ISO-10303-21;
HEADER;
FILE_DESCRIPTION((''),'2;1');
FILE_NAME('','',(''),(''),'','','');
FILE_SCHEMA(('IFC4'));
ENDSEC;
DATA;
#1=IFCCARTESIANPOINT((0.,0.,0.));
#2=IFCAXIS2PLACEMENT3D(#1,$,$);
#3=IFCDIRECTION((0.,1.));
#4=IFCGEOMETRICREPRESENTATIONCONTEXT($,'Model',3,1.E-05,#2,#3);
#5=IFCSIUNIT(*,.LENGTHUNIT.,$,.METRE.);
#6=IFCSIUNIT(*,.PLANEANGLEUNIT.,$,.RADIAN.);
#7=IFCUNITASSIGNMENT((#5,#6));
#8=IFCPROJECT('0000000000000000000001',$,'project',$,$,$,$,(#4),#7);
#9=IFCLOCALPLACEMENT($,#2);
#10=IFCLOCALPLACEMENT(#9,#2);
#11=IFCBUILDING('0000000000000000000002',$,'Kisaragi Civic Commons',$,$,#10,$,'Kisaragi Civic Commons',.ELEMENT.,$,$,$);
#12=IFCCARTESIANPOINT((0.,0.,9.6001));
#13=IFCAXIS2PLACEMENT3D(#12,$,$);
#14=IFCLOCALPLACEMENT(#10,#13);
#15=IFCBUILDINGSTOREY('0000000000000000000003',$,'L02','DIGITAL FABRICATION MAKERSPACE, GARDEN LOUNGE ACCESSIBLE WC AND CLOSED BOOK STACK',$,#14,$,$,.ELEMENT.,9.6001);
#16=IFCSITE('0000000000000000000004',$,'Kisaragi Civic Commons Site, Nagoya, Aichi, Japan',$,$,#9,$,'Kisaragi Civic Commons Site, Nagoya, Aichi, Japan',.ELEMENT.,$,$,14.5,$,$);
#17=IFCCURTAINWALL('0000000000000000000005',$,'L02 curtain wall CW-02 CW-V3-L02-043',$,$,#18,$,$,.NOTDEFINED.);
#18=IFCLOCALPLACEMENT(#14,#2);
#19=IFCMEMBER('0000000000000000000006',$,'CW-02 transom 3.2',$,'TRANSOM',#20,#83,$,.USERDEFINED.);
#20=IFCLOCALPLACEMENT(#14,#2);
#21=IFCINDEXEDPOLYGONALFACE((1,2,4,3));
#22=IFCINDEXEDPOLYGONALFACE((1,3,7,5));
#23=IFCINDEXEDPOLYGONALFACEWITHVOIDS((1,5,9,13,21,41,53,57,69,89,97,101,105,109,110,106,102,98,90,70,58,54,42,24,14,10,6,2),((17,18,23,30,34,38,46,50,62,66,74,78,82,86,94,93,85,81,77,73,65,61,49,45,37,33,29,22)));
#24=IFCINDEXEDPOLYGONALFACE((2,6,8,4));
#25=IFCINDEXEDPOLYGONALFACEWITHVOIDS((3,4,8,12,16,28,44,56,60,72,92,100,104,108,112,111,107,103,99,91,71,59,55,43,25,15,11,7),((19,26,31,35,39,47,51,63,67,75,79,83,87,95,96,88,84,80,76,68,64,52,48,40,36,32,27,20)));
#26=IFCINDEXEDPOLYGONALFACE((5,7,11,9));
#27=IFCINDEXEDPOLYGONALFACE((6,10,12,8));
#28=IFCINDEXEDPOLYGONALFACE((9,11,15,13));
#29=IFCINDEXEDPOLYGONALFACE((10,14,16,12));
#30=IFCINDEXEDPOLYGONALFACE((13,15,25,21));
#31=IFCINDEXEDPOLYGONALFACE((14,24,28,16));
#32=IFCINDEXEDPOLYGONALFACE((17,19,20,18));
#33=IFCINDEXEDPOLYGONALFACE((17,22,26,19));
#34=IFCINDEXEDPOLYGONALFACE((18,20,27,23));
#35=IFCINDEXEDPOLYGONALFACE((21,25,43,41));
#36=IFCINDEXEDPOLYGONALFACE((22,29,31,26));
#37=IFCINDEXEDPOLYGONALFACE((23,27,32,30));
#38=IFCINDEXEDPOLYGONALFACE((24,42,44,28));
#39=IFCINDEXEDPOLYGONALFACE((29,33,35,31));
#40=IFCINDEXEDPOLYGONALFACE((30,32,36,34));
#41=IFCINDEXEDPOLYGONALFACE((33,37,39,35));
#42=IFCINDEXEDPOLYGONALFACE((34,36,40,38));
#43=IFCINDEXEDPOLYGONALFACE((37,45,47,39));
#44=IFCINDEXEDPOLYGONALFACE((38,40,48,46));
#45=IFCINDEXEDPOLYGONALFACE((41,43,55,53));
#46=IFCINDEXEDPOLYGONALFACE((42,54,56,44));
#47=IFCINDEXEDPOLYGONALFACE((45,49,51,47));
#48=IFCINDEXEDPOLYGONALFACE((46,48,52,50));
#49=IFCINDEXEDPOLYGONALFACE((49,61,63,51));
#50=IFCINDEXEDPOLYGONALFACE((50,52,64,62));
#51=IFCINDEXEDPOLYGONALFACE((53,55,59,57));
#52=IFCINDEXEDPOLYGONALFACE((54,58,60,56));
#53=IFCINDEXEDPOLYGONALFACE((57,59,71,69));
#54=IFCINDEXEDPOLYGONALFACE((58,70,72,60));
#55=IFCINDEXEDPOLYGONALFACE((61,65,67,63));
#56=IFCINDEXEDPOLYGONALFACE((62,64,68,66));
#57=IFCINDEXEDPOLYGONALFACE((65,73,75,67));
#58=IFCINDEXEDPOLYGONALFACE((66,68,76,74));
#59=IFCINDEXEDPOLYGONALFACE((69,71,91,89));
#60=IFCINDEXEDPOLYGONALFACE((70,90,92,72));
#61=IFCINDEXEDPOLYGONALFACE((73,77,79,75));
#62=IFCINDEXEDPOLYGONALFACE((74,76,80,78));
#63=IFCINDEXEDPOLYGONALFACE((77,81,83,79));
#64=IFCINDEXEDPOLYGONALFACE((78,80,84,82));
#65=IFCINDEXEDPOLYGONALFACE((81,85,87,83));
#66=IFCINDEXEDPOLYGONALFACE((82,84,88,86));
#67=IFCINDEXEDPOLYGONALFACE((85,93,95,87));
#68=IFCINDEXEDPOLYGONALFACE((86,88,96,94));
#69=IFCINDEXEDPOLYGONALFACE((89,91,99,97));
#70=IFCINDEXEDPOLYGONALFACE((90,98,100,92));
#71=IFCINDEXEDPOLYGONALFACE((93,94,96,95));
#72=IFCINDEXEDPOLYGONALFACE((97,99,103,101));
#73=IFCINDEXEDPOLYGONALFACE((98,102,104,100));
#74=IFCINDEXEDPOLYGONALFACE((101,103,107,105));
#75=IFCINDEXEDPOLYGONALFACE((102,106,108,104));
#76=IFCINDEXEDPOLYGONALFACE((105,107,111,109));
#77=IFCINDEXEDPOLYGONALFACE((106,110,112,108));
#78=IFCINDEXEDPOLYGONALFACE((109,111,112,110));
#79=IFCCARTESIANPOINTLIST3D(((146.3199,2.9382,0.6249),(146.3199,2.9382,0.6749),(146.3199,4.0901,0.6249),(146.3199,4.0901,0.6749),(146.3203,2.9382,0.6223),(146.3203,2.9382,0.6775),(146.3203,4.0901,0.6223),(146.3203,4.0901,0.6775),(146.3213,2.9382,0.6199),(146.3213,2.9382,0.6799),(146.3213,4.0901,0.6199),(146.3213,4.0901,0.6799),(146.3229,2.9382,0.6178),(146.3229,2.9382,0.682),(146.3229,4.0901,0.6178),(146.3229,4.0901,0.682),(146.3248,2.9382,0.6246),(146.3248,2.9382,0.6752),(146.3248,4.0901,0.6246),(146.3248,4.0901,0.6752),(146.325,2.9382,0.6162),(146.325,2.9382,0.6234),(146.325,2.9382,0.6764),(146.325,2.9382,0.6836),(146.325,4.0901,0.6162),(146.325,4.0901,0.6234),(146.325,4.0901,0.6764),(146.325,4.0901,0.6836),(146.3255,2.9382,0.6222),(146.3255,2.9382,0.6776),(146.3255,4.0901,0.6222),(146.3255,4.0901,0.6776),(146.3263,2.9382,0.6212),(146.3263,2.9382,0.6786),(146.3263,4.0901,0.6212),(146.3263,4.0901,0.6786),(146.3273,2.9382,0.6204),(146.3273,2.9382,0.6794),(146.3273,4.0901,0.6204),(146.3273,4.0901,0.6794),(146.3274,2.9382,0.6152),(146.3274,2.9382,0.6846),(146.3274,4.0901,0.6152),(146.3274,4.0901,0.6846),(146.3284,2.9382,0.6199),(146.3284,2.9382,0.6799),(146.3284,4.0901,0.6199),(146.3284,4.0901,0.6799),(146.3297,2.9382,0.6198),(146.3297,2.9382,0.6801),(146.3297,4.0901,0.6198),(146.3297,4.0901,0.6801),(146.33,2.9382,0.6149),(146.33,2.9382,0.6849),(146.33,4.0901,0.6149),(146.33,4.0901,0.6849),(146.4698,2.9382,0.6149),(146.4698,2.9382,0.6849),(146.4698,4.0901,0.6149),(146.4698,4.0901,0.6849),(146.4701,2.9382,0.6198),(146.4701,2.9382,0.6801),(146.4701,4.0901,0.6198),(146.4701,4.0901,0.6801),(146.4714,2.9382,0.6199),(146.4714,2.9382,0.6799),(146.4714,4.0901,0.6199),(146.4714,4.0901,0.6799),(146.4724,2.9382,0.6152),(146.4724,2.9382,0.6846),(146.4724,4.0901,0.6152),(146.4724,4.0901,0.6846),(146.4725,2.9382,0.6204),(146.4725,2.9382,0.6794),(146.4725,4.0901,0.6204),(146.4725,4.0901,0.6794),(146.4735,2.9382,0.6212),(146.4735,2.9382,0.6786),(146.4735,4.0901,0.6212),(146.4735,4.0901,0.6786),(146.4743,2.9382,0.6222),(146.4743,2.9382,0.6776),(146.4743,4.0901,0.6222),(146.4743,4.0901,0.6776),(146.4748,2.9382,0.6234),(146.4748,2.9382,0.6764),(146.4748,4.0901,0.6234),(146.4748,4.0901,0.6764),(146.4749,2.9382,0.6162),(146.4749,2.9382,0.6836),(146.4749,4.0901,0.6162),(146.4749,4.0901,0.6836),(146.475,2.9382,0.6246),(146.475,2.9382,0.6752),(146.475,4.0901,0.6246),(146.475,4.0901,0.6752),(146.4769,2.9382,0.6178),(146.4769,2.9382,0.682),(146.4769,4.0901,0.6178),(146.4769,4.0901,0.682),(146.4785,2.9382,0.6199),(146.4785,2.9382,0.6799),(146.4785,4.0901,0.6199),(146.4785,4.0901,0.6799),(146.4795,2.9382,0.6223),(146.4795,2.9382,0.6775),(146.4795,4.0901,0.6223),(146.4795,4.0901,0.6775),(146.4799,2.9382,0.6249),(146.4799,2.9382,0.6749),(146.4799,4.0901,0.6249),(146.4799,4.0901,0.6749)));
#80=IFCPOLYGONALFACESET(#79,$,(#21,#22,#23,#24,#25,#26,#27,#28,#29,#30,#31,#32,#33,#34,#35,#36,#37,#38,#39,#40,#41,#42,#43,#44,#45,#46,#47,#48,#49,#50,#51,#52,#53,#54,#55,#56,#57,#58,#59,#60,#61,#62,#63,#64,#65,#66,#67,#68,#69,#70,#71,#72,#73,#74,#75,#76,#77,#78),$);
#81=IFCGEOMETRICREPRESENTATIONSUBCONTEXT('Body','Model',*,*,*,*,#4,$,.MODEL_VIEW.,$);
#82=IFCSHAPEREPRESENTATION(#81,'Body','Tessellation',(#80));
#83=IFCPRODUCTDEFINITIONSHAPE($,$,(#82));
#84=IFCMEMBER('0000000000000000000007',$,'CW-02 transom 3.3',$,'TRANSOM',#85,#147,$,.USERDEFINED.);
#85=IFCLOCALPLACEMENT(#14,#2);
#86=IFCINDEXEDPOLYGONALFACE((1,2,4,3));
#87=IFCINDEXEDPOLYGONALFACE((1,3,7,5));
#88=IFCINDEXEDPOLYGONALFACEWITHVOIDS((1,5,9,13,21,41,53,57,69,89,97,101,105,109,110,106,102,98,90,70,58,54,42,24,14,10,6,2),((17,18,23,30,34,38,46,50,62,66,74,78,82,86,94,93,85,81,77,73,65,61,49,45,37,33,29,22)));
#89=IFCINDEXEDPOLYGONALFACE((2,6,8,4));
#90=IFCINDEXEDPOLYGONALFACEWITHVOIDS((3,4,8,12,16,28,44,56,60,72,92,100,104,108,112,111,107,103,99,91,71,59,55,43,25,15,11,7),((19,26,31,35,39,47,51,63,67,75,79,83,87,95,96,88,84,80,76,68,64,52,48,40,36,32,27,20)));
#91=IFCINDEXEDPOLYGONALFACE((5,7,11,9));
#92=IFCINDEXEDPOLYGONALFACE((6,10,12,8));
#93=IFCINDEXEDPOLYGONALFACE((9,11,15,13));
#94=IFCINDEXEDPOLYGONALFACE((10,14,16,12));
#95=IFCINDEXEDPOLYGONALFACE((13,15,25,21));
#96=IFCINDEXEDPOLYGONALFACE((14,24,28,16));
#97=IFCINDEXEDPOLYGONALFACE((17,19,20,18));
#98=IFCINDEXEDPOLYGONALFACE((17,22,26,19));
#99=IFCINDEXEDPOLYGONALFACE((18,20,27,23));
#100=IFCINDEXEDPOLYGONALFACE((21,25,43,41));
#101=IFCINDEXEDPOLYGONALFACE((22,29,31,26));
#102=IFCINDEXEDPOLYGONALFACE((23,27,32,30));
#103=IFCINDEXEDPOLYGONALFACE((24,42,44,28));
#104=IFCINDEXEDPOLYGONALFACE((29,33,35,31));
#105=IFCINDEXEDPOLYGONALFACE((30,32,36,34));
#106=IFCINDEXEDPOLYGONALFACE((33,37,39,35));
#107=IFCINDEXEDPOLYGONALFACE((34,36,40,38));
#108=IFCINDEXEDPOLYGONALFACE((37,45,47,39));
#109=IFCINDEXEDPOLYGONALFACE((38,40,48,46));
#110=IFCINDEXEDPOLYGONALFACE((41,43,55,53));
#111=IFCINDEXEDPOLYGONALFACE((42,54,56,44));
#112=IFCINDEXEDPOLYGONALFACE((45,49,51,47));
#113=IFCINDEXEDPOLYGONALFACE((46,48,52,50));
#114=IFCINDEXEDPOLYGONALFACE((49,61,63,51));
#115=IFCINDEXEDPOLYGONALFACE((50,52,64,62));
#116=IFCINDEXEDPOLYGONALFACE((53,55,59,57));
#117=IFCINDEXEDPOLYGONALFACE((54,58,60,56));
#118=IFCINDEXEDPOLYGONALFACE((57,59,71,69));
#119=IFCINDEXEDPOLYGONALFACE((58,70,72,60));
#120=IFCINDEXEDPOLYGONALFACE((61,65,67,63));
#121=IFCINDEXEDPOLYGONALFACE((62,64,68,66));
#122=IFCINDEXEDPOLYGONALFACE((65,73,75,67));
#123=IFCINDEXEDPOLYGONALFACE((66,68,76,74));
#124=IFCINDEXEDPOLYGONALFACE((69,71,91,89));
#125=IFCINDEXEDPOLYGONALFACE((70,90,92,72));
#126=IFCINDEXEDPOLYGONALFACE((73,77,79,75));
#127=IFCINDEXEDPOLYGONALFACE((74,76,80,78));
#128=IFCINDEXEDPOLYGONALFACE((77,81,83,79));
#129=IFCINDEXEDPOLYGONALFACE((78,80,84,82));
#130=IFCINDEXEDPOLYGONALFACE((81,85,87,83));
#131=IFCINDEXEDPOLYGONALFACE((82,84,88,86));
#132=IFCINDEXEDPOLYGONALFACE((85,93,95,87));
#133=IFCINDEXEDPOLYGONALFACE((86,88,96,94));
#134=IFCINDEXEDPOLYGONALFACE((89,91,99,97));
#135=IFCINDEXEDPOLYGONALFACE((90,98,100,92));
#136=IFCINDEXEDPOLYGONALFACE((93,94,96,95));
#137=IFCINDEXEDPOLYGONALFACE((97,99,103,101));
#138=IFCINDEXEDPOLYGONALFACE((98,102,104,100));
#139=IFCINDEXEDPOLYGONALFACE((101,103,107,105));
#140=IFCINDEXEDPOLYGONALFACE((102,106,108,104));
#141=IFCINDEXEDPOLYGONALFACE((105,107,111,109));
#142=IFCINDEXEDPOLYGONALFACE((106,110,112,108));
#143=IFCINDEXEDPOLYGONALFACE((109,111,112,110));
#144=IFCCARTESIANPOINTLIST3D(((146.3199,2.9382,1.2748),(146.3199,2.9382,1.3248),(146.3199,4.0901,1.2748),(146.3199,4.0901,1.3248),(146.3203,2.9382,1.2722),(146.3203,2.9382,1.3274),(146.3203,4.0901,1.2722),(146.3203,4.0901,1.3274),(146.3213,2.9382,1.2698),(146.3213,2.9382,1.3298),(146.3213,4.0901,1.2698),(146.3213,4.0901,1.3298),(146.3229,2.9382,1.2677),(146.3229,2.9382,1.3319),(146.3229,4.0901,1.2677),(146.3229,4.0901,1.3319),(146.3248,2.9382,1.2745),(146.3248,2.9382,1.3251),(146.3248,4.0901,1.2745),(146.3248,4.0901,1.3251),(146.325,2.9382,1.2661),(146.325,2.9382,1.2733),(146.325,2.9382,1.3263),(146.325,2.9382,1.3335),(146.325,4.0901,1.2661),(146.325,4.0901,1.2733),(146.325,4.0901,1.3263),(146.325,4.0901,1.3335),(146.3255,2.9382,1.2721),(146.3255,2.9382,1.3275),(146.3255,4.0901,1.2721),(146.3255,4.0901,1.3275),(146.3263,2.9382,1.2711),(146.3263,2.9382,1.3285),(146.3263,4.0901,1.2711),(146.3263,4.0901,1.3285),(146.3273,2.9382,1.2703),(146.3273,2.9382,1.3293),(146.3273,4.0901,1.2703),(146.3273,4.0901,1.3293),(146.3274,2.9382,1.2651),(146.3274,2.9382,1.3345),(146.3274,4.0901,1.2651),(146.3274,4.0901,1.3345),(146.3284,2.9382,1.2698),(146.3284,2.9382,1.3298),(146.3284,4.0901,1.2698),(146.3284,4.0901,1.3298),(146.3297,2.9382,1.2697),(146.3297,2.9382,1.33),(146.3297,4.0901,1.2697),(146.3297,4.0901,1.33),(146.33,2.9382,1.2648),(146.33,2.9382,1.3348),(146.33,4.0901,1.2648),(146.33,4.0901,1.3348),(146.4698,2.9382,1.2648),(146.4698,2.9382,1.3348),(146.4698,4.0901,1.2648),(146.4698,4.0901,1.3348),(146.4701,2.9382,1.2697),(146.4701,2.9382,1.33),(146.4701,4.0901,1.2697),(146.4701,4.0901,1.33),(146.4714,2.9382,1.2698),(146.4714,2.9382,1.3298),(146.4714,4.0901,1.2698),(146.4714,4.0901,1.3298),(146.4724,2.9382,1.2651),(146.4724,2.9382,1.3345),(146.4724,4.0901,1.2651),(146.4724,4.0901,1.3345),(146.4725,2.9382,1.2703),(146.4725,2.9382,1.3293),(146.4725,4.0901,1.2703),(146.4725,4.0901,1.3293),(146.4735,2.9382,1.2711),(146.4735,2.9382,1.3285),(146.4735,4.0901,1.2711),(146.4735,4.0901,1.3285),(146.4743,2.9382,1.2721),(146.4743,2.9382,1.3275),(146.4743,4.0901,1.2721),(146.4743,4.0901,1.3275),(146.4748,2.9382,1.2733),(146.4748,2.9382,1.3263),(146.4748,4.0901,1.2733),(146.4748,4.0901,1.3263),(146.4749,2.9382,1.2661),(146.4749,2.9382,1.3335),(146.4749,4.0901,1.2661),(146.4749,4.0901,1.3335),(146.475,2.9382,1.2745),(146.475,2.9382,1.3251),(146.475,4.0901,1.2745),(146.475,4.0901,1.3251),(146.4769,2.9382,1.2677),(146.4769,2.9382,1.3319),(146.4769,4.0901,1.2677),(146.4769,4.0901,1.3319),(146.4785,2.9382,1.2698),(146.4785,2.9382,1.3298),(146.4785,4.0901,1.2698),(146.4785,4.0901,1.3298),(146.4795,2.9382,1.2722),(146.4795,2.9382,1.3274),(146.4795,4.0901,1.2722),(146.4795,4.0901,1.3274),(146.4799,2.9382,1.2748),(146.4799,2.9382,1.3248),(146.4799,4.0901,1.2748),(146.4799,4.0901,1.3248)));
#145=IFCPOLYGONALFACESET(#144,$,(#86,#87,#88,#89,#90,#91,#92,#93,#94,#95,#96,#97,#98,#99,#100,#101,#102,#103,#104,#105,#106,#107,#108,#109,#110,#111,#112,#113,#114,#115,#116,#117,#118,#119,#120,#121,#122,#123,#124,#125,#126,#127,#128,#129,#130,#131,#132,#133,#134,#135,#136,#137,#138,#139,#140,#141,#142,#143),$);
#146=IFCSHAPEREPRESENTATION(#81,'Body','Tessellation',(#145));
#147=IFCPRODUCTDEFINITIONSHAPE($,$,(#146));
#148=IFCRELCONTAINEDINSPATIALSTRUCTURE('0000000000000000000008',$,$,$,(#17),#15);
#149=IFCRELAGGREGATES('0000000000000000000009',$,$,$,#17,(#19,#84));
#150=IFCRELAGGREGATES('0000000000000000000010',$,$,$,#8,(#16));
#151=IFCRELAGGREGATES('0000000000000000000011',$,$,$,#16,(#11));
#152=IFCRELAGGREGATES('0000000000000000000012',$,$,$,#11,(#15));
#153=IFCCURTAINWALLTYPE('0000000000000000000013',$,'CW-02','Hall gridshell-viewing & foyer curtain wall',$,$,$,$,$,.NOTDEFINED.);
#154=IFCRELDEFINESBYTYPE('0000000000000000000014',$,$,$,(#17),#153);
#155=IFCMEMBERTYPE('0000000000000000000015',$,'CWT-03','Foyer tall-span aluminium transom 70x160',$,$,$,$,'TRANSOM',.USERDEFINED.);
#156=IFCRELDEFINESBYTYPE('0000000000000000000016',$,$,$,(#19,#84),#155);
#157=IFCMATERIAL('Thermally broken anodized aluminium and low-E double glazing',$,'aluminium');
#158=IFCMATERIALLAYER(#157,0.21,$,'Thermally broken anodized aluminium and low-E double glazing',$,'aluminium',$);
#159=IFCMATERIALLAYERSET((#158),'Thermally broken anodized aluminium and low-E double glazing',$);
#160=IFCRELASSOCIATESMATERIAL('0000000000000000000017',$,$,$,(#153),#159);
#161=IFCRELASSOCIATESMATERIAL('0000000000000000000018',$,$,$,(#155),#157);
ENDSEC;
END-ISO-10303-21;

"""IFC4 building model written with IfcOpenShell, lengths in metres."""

from ifc_helpers import new_model, si_unit, direction, frame, origin, origin_2d, place, context, subcontext, project, spatial, hollow_rectangle, extrude, material, layer, layer_set, material_profile, profile_set, type_object, element, aggregate, save


model = new_model("IFC4")

# Units and contexts
model_context = context("Model", 3, precision=1e-05, world=origin(), true_north=direction((0.0, 1.0)))
body_context = subcontext(model_context, "Body", "Model", "MODEL_VIEW")
ifc_project = project(units=[si_unit("LENGTHUNIT", "METRE"), si_unit("PLANEANGLEUNIT", "RADIAN")], contexts=[model_context])

# Site, building, storey
site_placement = place(None, origin())
site = spatial("IfcSite", under=ifc_project, at=site_placement, Name="Kisaragi Civic Commons Site, Nagoya, Aichi, Japan", LongName="Kisaragi Civic Commons Site, Nagoya, Aichi, Japan", CompositionType="ELEMENT", RefElevation=14.5)
building_placement = place(site_placement, origin())
building = spatial("IfcBuilding", under=site, at=building_placement, Name="Kisaragi Civic Commons", LongName="Kisaragi Civic Commons", CompositionType="ELEMENT")
storey_placement = place(building_placement, frame((0.0, 0.0, 9.6001)))
storey = spatial("IfcBuildingStorey", under=building, at=storey_placement, Name="L02", Description="DIGITAL FABRICATION MAKERSPACE, GARDEN LOUNGE ACCESSIBLE WC AND CLOSED BOOK STACK", CompositionType="ELEMENT", Elevation=9.6001)

# Curtain wall
ifc_material_1 = material(Name="Thermally broken anodized aluminium and low-E double glazing", Category="aluminium")
ifc_layer_1 = layer(ifc_material_1, 0.21, Name="Thermally broken anodized aluminium and low-E double glazing", Category="aluminium")
ifc_layer_set_1 = layer_set([ifc_layer_1], Name="Thermally broken anodized aluminium and low-E double glazing")
curtain_wall_type = type_object("IfcCurtainWallType", Name="CW-02", Description="Hall gridshell-viewing & foyer curtain wall", PredefinedType="NOTDEFINED", material=ifc_layer_set_1)
curtain_wall_1_placement = place(storey_placement, origin())
curtain_wall_1 = element("IfcCurtainWall", 1, at=curtain_wall_1_placement, inside=storey, type_object=curtain_wall_type, Name="L02 curtain wall CW-02 CW-V3-L02-043", PredefinedType="NOTDEFINED")

# Members
ifc_material_profile_1 = material_profile(ifc_material_1, hollow_rectangle(XDim=0.1599, YDim=0.0701, WallThickness=0.0049, InnerFilletRadius=0.0049, OuterFilletRadius=0.01, at=origin_2d()), Name="CWT-70x160x5", Category="aluminium")
ifc_profile_set_1 = profile_set([ifc_material_profile_1], Name="Thermally broken anodized aluminium and low-E double glazing")
member_type_1 = type_object("IfcMemberType", Name="CWT-03", Description="Foyer tall-span aluminium transom 70x160", ElementType="TRANSOM", PredefinedType="USERDEFINED", material=ifc_profile_set_1)
member_1_placement = place(storey_placement, frame((146.3999, 2.9382, 0.6499), z_axis=(0.0, 1.0, 0.0), x_axis=(-1.0, 0.0, 0.0)))
member_1 = element("IfcMember", 2, at=member_1_placement, type_object=member_type_1, Name="CW-02 transom 3.2", ObjectType="TRANSOM", PredefinedType="USERDEFINED", context=body_context, shape_type="SweptSolid", body=[
    extrude(hollow_rectangle(XDim=0.1599, YDim=0.0701, WallThickness=0.0049, InnerFilletRadius=0.0049, OuterFilletRadius=0.01, at=origin_2d()), origin(), (0.0, 0.0, 1.0), 1.1519),
])
member_2_placement = place(storey_placement, frame((146.3999, 2.9382, 1.2998), z_axis=(0.0, 1.0, 0.0), x_axis=(-1.0, 0.0, 0.0)))
member_2 = element("IfcMember", 3, at=member_2_placement, type_object=member_type_1, Name="CW-02 transom 3.3", ObjectType="TRANSOM", PredefinedType="USERDEFINED", context=body_context, shape_type="SweptSolid", body=[
    extrude(hollow_rectangle(XDim=0.1599, YDim=0.0701, WallThickness=0.0049, InnerFilletRadius=0.0049, OuterFilletRadius=0.01, at=origin_2d()), origin(), (0.0, 0.0, 1.0), 1.1519),
])

aggregate(curtain_wall_1, [member_1, member_2])

save(model, "model.ifc")
